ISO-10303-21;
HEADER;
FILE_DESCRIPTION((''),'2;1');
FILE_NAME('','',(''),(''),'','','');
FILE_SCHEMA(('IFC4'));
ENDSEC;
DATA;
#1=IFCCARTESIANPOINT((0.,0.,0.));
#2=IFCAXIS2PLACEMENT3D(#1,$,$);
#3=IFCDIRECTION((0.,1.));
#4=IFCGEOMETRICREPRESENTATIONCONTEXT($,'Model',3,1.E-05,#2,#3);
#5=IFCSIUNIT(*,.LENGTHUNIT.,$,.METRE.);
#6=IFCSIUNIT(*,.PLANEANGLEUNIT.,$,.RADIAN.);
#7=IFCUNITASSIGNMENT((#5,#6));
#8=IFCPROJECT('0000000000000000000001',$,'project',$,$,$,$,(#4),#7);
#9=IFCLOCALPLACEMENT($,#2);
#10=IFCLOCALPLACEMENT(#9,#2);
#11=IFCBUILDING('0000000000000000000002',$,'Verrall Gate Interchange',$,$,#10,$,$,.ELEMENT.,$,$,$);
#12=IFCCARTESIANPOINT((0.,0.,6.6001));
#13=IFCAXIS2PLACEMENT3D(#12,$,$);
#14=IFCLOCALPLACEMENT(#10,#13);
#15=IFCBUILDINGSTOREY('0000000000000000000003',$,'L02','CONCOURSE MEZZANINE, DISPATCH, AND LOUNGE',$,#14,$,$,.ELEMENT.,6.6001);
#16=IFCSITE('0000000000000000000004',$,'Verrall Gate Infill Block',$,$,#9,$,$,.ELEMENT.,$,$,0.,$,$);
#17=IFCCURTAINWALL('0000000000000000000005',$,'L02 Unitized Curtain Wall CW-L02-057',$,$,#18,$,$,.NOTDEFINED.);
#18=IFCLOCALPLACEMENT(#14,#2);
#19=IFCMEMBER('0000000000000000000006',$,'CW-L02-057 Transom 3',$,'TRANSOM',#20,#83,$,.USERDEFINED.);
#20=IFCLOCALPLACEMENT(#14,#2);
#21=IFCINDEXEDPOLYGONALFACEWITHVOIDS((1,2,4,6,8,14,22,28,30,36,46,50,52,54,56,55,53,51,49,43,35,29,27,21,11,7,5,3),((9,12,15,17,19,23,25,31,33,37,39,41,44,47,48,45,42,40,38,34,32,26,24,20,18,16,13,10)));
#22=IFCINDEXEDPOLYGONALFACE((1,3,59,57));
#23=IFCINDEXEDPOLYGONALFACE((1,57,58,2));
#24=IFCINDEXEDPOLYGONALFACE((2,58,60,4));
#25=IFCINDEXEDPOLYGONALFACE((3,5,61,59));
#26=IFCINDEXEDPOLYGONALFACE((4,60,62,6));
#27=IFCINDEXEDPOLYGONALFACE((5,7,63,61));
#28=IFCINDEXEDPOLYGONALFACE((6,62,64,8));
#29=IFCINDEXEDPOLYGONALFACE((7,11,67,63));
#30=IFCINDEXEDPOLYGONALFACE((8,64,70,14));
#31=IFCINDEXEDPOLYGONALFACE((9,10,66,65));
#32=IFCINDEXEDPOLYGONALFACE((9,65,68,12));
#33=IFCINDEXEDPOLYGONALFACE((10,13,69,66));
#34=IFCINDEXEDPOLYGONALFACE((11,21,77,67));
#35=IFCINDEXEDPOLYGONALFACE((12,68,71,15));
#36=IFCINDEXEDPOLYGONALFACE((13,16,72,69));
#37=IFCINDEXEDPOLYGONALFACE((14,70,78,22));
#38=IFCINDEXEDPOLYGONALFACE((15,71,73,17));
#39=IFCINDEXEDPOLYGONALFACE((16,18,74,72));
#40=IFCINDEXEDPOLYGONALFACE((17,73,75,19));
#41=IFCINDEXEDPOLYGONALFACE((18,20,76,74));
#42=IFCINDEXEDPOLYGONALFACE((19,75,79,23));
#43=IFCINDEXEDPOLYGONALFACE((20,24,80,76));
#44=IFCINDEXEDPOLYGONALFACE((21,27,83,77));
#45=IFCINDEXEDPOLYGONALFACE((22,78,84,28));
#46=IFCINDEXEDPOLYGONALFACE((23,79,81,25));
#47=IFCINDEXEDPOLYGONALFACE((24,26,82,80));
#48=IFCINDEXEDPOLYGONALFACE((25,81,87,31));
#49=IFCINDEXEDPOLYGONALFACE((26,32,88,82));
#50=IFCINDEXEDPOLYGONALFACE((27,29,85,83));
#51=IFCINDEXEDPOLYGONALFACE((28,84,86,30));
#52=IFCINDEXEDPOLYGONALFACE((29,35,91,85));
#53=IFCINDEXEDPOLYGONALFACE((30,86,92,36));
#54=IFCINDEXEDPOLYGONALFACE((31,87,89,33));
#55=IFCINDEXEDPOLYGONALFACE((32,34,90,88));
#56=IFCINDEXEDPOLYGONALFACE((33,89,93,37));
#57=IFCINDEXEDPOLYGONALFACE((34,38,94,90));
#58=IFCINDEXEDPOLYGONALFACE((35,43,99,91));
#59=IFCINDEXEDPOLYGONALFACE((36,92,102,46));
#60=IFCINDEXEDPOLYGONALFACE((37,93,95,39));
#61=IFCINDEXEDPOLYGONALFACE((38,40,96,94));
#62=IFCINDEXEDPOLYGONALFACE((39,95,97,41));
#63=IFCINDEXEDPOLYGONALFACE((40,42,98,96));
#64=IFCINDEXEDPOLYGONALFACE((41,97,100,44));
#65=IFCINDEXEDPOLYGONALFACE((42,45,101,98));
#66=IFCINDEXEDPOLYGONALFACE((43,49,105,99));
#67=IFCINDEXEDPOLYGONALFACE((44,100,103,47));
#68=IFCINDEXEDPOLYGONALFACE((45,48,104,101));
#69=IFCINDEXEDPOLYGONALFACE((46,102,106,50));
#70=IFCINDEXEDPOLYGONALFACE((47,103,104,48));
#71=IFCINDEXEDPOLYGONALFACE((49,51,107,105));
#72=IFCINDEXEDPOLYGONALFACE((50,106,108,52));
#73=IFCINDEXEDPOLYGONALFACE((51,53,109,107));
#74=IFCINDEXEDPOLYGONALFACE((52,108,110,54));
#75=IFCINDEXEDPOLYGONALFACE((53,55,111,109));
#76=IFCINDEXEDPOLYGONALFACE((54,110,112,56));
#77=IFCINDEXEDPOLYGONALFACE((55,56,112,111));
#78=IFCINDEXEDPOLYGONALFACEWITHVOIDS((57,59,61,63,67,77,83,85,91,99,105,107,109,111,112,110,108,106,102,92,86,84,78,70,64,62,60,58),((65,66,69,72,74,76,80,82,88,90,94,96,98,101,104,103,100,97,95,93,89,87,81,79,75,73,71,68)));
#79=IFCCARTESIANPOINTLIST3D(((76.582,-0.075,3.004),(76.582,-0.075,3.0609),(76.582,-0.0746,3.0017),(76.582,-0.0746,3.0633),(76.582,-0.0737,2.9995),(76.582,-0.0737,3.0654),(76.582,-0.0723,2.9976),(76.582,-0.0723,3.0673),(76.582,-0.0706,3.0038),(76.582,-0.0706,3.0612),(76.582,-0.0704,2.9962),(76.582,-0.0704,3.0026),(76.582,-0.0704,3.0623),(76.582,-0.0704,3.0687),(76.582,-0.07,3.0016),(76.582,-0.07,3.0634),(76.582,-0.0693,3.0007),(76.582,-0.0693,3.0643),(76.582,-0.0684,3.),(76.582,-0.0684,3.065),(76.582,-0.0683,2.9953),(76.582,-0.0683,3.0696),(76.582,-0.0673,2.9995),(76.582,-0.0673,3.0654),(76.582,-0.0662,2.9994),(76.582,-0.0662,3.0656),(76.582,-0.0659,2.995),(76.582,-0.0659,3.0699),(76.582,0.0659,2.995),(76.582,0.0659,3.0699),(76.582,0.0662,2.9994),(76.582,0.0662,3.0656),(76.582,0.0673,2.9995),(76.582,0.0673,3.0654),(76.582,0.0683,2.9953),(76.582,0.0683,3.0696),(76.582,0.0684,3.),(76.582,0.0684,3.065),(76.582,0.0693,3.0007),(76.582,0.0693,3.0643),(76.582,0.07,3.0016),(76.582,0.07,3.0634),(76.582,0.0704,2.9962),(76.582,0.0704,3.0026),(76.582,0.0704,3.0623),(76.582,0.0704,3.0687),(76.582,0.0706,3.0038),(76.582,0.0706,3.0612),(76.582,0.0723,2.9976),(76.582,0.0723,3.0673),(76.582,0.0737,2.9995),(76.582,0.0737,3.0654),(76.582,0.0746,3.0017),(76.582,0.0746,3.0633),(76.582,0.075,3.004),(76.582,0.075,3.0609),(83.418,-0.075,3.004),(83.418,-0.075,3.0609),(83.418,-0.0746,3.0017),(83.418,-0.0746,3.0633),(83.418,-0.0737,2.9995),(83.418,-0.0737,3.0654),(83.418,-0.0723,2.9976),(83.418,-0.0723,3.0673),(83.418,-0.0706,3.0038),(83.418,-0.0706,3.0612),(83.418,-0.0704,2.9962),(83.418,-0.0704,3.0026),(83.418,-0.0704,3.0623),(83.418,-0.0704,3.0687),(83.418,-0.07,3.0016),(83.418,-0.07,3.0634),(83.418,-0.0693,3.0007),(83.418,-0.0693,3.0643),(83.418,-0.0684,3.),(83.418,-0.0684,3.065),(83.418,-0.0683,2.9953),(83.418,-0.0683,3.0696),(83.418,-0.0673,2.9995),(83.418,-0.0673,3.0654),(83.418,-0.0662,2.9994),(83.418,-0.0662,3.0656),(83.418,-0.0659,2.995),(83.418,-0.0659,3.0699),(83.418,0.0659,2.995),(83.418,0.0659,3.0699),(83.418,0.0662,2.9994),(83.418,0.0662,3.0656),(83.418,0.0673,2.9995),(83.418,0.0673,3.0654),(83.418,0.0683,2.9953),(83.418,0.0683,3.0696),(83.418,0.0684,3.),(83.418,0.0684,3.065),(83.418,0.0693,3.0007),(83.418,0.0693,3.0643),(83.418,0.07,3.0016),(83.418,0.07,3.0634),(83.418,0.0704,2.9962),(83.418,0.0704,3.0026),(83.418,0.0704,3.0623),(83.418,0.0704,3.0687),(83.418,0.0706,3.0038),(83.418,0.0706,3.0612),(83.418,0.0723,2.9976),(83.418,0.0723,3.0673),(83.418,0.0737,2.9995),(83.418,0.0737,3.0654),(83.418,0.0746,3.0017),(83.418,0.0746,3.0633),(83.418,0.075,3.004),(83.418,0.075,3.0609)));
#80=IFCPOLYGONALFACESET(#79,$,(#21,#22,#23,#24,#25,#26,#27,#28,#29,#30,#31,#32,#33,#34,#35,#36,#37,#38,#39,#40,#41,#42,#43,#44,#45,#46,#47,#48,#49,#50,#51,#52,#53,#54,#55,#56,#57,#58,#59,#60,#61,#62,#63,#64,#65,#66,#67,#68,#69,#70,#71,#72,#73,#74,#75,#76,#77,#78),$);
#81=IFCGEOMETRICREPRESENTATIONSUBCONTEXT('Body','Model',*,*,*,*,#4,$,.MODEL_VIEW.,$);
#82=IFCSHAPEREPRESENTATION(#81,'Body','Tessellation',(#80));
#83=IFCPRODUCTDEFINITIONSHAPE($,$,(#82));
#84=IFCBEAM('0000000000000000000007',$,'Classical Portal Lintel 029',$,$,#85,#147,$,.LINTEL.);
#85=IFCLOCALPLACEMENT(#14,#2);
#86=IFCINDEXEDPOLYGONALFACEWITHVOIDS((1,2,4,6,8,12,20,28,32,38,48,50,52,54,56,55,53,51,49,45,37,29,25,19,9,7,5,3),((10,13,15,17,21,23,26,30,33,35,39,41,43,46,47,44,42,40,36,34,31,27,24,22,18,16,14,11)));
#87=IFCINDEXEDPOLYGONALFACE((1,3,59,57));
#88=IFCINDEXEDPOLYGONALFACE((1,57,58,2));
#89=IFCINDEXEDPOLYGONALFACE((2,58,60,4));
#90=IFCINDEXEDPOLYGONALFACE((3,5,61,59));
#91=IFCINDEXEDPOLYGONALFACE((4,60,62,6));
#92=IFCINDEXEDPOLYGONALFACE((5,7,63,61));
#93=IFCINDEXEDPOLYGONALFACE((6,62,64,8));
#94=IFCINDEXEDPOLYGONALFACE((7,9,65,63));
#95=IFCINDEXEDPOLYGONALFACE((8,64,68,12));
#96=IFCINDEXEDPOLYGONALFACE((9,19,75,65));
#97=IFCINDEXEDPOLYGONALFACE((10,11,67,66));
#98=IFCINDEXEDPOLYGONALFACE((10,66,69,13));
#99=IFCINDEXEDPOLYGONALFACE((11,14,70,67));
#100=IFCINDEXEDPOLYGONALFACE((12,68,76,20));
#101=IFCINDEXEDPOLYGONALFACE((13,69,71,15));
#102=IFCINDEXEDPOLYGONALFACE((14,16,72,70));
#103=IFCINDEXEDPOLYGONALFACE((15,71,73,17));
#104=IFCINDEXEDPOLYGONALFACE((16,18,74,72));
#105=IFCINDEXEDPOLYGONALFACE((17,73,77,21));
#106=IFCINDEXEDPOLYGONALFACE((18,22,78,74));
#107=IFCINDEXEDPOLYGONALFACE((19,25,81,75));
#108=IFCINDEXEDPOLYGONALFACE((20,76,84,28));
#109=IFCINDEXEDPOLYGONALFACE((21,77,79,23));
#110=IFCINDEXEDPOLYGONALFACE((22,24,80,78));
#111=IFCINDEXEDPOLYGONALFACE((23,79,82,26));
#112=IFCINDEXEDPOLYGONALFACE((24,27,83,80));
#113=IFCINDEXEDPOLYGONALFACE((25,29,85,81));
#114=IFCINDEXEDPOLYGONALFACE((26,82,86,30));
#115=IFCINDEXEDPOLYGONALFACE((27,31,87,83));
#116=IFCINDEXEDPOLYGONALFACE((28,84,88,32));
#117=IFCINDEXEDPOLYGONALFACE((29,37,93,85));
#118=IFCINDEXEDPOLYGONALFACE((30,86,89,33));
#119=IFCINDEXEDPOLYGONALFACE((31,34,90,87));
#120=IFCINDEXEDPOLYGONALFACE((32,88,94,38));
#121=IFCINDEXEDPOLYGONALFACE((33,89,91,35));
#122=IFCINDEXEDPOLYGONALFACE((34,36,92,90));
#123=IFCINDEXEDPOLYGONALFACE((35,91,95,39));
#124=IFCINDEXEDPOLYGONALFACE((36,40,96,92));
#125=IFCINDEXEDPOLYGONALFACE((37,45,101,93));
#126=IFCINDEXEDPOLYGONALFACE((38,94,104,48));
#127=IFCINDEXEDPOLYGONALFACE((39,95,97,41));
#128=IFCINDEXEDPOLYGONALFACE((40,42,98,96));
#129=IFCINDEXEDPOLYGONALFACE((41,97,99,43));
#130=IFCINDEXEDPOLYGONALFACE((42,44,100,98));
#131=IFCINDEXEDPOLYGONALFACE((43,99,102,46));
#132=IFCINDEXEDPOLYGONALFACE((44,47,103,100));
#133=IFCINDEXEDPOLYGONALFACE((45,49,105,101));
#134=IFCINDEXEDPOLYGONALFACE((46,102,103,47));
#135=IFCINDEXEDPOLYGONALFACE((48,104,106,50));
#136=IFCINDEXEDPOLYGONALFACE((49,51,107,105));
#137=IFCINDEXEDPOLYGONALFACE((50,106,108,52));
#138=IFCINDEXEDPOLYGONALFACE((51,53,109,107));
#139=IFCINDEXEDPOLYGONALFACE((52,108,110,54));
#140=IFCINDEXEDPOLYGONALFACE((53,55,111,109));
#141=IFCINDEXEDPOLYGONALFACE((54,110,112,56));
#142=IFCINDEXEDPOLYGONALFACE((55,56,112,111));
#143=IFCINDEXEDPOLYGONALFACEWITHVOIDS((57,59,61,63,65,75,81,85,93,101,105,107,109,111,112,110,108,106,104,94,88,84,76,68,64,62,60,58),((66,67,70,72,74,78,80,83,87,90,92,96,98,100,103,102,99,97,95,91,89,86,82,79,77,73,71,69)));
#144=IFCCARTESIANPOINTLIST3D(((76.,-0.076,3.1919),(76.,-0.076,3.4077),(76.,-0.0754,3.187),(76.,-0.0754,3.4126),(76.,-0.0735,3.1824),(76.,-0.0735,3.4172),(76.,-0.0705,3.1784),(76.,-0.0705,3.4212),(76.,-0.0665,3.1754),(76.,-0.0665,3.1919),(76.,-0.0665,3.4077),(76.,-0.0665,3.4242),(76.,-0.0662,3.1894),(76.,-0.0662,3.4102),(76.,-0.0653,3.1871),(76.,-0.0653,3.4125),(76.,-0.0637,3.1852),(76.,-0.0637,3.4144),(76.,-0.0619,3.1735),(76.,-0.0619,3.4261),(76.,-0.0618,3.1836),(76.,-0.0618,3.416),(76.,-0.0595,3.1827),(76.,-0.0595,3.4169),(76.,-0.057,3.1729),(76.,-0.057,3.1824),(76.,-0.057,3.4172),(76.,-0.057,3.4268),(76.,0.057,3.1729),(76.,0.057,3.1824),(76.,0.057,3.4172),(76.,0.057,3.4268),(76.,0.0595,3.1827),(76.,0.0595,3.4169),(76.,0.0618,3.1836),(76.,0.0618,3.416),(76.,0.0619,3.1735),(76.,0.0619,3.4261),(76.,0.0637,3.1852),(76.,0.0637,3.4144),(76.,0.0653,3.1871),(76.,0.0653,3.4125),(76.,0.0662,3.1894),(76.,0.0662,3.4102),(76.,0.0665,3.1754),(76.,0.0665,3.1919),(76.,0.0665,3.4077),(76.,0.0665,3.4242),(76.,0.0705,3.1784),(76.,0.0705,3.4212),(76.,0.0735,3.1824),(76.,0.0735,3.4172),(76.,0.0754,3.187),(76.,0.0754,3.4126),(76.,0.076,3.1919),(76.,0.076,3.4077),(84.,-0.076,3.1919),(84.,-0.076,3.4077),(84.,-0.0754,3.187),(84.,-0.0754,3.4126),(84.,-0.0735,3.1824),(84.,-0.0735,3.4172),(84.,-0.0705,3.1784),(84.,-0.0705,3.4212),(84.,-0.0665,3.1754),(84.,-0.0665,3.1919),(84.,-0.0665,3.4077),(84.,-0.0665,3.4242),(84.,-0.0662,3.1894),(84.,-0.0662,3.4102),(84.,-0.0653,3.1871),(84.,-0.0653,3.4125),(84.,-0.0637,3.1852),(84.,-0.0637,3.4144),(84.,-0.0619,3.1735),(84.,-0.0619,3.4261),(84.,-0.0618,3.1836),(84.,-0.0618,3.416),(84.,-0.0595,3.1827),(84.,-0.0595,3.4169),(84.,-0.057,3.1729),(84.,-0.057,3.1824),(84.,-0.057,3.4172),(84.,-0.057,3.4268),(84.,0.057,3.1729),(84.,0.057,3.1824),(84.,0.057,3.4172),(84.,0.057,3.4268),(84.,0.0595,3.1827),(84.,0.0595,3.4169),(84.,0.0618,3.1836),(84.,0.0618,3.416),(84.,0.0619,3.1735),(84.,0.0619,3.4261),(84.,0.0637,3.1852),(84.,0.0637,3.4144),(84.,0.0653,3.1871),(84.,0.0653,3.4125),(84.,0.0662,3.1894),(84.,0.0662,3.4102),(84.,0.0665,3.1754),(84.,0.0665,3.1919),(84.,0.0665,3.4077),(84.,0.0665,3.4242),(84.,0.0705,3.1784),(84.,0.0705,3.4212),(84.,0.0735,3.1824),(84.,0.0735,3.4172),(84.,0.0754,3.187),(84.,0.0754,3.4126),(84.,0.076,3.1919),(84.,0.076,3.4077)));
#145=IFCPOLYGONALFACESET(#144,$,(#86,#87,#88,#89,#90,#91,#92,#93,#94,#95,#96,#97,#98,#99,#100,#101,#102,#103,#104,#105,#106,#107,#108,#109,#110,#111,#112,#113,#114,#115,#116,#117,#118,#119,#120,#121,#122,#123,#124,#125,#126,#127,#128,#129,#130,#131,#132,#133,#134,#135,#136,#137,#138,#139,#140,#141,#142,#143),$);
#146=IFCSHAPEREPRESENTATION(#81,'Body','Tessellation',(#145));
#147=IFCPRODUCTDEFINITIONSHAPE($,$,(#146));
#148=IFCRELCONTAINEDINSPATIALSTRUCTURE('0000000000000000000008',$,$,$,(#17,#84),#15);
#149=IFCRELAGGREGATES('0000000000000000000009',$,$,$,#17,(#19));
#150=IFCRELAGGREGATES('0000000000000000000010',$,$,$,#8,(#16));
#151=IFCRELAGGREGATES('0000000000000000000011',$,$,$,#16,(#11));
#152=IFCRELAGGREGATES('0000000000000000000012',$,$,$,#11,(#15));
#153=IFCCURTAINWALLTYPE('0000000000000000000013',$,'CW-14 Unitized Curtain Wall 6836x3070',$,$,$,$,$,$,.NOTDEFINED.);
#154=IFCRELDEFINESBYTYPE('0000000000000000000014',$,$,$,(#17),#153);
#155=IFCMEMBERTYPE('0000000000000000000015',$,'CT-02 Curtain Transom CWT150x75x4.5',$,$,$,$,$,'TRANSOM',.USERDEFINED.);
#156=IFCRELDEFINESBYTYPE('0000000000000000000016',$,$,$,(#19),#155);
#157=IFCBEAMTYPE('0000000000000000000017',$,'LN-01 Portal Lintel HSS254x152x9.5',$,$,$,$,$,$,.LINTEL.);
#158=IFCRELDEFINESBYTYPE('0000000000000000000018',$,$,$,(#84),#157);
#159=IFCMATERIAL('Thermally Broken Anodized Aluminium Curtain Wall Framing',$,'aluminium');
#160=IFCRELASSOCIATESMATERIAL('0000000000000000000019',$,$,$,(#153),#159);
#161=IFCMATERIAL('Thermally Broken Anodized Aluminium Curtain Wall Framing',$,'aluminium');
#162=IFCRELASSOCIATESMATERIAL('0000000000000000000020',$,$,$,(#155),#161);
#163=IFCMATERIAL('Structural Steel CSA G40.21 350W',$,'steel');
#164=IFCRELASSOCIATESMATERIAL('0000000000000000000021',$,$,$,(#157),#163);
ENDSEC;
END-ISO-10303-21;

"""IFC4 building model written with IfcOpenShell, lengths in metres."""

from ifc_helpers import new_model, si_unit, direction, frame, origin, origin_2d, place, context, subcontext, project, spatial, hollow_rectangle, extrude, material, material_profile, profile_set, type_object, element, aggregate, save


model = new_model("IFC4")

# Units and contexts
model_context = context("Model", 3, precision=1e-05, world=origin(), true_north=direction((0.0, 1.0)))
body_context = subcontext(model_context, "Body", "Model", "MODEL_VIEW")
ifc_project = project(units=[si_unit("LENGTHUNIT", "METRE"), si_unit("PLANEANGLEUNIT", "RADIAN")], contexts=[model_context])

# Site, building, storey
site_placement = place(None, origin())
site = spatial("IfcSite", under=ifc_project, at=site_placement, Name="Verrall Gate Infill Block", CompositionType="ELEMENT", RefElevation=0.0)
building_placement = place(site_placement, origin())
building = spatial("IfcBuilding", under=site, at=building_placement, Name="Verrall Gate Interchange", CompositionType="ELEMENT")
storey_placement = place(building_placement, frame((0.0, 0.0, 6.6001)))
storey = spatial("IfcBuildingStorey", under=building, at=storey_placement, Name="L02", Description="CONCOURSE MEZZANINE, DISPATCH, AND LOUNGE", CompositionType="ELEMENT", Elevation=6.6001)

# Curtain wall
ifc_material_1 = material(Name="Thermally Broken Anodized Aluminium Curtain Wall Framing", Category="aluminium")
curtain_wall_type = type_object("IfcCurtainWallType", Name="CW-14 Unitized Curtain Wall 6836x3070", PredefinedType="NOTDEFINED", material=ifc_material_1)
curtain_wall_1_placement = place(storey_placement, origin())
curtain_wall_1 = element("IfcCurtainWall", 1, at=curtain_wall_1_placement, inside=storey, type_object=curtain_wall_type, Name="L02 Unitized Curtain Wall CW-L02-057", PredefinedType="NOTDEFINED")

# Member
ifc_material_2 = material(Name="Thermally Broken Anodized Aluminium Curtain Wall Framing", Category="aluminium")
ifc_material_profile_1 = material_profile(ifc_material_2, hollow_rectangle(XDim=0.1499, YDim=0.075, WallThickness=0.0044, InnerFilletRadius=0.0044, OuterFilletRadius=0.009, at=origin_2d()), Name="CWT150x75x4.5")
ifc_profile_set_1 = profile_set([ifc_material_profile_1], Name="Thermally Broken Anodized Aluminium Curtain Wall Framing")
member_type_1 = type_object("IfcMemberType", Name="CT-02 Curtain Transom CWT150x75x4.5", ElementType="TRANSOM", PredefinedType="USERDEFINED", material=ifc_profile_set_1)
member_1_placement = place(storey_placement, frame((76.582, 0.0, 3.0325), z_axis=(1.0, 0.0, 0.0), x_axis=(0.0, 1.0, 0.0)))
member_1 = element("IfcMember", 2, at=member_1_placement, type_object=member_type_1, Name="CW-L02-057 Transom 3", ObjectType="TRANSOM", PredefinedType="USERDEFINED", context=body_context, shape_type="SweptSolid", body=[
    extrude(hollow_rectangle(XDim=0.1499, YDim=0.075, WallThickness=0.0044, InnerFilletRadius=0.0044, OuterFilletRadius=0.009, at=origin_2d()), origin(), (0.0, 0.0, 1.0), 6.8359),
])

# Beam
ifc_material_3 = material(Name="Structural Steel CSA G40.21 350W", Category="steel")
ifc_material_profile_2 = material_profile(ifc_material_3, hollow_rectangle(XDim=0.1521, YDim=0.2539, WallThickness=0.0095, InnerFilletRadius=0.0095, OuterFilletRadius=0.019, at=origin_2d()), Name="HSS254x152x9.5")
ifc_profile_set_2 = profile_set([ifc_material_profile_2], Name="Structural Steel CSA G40.21 350W")
beam_type_1 = type_object("IfcBeamType", Name="LN-01 Portal Lintel HSS254x152x9.5", PredefinedType="LINTEL", material=ifc_profile_set_2)
beam_1_placement = place(storey_placement, frame((76.0, 0.0, 3.2998), z_axis=(1.0, 0.0, 0.0), x_axis=(0.0, 1.0, 0.0)))
element("IfcBeam", 3, at=beam_1_placement, inside=storey, type_object=beam_type_1, Name="Classical Portal Lintel 029", PredefinedType="LINTEL", context=body_context, shape_type="SweptSolid", body=[
    extrude(hollow_rectangle(XDim=0.1521, YDim=0.2539, WallThickness=0.0095, InnerFilletRadius=0.0095, OuterFilletRadius=0.019, at=origin_2d()), origin(), (0.0, 0.0, 1.0), 8.0),
])

aggregate(curtain_wall_1, [member_1])

save(model, "model.ifc")
